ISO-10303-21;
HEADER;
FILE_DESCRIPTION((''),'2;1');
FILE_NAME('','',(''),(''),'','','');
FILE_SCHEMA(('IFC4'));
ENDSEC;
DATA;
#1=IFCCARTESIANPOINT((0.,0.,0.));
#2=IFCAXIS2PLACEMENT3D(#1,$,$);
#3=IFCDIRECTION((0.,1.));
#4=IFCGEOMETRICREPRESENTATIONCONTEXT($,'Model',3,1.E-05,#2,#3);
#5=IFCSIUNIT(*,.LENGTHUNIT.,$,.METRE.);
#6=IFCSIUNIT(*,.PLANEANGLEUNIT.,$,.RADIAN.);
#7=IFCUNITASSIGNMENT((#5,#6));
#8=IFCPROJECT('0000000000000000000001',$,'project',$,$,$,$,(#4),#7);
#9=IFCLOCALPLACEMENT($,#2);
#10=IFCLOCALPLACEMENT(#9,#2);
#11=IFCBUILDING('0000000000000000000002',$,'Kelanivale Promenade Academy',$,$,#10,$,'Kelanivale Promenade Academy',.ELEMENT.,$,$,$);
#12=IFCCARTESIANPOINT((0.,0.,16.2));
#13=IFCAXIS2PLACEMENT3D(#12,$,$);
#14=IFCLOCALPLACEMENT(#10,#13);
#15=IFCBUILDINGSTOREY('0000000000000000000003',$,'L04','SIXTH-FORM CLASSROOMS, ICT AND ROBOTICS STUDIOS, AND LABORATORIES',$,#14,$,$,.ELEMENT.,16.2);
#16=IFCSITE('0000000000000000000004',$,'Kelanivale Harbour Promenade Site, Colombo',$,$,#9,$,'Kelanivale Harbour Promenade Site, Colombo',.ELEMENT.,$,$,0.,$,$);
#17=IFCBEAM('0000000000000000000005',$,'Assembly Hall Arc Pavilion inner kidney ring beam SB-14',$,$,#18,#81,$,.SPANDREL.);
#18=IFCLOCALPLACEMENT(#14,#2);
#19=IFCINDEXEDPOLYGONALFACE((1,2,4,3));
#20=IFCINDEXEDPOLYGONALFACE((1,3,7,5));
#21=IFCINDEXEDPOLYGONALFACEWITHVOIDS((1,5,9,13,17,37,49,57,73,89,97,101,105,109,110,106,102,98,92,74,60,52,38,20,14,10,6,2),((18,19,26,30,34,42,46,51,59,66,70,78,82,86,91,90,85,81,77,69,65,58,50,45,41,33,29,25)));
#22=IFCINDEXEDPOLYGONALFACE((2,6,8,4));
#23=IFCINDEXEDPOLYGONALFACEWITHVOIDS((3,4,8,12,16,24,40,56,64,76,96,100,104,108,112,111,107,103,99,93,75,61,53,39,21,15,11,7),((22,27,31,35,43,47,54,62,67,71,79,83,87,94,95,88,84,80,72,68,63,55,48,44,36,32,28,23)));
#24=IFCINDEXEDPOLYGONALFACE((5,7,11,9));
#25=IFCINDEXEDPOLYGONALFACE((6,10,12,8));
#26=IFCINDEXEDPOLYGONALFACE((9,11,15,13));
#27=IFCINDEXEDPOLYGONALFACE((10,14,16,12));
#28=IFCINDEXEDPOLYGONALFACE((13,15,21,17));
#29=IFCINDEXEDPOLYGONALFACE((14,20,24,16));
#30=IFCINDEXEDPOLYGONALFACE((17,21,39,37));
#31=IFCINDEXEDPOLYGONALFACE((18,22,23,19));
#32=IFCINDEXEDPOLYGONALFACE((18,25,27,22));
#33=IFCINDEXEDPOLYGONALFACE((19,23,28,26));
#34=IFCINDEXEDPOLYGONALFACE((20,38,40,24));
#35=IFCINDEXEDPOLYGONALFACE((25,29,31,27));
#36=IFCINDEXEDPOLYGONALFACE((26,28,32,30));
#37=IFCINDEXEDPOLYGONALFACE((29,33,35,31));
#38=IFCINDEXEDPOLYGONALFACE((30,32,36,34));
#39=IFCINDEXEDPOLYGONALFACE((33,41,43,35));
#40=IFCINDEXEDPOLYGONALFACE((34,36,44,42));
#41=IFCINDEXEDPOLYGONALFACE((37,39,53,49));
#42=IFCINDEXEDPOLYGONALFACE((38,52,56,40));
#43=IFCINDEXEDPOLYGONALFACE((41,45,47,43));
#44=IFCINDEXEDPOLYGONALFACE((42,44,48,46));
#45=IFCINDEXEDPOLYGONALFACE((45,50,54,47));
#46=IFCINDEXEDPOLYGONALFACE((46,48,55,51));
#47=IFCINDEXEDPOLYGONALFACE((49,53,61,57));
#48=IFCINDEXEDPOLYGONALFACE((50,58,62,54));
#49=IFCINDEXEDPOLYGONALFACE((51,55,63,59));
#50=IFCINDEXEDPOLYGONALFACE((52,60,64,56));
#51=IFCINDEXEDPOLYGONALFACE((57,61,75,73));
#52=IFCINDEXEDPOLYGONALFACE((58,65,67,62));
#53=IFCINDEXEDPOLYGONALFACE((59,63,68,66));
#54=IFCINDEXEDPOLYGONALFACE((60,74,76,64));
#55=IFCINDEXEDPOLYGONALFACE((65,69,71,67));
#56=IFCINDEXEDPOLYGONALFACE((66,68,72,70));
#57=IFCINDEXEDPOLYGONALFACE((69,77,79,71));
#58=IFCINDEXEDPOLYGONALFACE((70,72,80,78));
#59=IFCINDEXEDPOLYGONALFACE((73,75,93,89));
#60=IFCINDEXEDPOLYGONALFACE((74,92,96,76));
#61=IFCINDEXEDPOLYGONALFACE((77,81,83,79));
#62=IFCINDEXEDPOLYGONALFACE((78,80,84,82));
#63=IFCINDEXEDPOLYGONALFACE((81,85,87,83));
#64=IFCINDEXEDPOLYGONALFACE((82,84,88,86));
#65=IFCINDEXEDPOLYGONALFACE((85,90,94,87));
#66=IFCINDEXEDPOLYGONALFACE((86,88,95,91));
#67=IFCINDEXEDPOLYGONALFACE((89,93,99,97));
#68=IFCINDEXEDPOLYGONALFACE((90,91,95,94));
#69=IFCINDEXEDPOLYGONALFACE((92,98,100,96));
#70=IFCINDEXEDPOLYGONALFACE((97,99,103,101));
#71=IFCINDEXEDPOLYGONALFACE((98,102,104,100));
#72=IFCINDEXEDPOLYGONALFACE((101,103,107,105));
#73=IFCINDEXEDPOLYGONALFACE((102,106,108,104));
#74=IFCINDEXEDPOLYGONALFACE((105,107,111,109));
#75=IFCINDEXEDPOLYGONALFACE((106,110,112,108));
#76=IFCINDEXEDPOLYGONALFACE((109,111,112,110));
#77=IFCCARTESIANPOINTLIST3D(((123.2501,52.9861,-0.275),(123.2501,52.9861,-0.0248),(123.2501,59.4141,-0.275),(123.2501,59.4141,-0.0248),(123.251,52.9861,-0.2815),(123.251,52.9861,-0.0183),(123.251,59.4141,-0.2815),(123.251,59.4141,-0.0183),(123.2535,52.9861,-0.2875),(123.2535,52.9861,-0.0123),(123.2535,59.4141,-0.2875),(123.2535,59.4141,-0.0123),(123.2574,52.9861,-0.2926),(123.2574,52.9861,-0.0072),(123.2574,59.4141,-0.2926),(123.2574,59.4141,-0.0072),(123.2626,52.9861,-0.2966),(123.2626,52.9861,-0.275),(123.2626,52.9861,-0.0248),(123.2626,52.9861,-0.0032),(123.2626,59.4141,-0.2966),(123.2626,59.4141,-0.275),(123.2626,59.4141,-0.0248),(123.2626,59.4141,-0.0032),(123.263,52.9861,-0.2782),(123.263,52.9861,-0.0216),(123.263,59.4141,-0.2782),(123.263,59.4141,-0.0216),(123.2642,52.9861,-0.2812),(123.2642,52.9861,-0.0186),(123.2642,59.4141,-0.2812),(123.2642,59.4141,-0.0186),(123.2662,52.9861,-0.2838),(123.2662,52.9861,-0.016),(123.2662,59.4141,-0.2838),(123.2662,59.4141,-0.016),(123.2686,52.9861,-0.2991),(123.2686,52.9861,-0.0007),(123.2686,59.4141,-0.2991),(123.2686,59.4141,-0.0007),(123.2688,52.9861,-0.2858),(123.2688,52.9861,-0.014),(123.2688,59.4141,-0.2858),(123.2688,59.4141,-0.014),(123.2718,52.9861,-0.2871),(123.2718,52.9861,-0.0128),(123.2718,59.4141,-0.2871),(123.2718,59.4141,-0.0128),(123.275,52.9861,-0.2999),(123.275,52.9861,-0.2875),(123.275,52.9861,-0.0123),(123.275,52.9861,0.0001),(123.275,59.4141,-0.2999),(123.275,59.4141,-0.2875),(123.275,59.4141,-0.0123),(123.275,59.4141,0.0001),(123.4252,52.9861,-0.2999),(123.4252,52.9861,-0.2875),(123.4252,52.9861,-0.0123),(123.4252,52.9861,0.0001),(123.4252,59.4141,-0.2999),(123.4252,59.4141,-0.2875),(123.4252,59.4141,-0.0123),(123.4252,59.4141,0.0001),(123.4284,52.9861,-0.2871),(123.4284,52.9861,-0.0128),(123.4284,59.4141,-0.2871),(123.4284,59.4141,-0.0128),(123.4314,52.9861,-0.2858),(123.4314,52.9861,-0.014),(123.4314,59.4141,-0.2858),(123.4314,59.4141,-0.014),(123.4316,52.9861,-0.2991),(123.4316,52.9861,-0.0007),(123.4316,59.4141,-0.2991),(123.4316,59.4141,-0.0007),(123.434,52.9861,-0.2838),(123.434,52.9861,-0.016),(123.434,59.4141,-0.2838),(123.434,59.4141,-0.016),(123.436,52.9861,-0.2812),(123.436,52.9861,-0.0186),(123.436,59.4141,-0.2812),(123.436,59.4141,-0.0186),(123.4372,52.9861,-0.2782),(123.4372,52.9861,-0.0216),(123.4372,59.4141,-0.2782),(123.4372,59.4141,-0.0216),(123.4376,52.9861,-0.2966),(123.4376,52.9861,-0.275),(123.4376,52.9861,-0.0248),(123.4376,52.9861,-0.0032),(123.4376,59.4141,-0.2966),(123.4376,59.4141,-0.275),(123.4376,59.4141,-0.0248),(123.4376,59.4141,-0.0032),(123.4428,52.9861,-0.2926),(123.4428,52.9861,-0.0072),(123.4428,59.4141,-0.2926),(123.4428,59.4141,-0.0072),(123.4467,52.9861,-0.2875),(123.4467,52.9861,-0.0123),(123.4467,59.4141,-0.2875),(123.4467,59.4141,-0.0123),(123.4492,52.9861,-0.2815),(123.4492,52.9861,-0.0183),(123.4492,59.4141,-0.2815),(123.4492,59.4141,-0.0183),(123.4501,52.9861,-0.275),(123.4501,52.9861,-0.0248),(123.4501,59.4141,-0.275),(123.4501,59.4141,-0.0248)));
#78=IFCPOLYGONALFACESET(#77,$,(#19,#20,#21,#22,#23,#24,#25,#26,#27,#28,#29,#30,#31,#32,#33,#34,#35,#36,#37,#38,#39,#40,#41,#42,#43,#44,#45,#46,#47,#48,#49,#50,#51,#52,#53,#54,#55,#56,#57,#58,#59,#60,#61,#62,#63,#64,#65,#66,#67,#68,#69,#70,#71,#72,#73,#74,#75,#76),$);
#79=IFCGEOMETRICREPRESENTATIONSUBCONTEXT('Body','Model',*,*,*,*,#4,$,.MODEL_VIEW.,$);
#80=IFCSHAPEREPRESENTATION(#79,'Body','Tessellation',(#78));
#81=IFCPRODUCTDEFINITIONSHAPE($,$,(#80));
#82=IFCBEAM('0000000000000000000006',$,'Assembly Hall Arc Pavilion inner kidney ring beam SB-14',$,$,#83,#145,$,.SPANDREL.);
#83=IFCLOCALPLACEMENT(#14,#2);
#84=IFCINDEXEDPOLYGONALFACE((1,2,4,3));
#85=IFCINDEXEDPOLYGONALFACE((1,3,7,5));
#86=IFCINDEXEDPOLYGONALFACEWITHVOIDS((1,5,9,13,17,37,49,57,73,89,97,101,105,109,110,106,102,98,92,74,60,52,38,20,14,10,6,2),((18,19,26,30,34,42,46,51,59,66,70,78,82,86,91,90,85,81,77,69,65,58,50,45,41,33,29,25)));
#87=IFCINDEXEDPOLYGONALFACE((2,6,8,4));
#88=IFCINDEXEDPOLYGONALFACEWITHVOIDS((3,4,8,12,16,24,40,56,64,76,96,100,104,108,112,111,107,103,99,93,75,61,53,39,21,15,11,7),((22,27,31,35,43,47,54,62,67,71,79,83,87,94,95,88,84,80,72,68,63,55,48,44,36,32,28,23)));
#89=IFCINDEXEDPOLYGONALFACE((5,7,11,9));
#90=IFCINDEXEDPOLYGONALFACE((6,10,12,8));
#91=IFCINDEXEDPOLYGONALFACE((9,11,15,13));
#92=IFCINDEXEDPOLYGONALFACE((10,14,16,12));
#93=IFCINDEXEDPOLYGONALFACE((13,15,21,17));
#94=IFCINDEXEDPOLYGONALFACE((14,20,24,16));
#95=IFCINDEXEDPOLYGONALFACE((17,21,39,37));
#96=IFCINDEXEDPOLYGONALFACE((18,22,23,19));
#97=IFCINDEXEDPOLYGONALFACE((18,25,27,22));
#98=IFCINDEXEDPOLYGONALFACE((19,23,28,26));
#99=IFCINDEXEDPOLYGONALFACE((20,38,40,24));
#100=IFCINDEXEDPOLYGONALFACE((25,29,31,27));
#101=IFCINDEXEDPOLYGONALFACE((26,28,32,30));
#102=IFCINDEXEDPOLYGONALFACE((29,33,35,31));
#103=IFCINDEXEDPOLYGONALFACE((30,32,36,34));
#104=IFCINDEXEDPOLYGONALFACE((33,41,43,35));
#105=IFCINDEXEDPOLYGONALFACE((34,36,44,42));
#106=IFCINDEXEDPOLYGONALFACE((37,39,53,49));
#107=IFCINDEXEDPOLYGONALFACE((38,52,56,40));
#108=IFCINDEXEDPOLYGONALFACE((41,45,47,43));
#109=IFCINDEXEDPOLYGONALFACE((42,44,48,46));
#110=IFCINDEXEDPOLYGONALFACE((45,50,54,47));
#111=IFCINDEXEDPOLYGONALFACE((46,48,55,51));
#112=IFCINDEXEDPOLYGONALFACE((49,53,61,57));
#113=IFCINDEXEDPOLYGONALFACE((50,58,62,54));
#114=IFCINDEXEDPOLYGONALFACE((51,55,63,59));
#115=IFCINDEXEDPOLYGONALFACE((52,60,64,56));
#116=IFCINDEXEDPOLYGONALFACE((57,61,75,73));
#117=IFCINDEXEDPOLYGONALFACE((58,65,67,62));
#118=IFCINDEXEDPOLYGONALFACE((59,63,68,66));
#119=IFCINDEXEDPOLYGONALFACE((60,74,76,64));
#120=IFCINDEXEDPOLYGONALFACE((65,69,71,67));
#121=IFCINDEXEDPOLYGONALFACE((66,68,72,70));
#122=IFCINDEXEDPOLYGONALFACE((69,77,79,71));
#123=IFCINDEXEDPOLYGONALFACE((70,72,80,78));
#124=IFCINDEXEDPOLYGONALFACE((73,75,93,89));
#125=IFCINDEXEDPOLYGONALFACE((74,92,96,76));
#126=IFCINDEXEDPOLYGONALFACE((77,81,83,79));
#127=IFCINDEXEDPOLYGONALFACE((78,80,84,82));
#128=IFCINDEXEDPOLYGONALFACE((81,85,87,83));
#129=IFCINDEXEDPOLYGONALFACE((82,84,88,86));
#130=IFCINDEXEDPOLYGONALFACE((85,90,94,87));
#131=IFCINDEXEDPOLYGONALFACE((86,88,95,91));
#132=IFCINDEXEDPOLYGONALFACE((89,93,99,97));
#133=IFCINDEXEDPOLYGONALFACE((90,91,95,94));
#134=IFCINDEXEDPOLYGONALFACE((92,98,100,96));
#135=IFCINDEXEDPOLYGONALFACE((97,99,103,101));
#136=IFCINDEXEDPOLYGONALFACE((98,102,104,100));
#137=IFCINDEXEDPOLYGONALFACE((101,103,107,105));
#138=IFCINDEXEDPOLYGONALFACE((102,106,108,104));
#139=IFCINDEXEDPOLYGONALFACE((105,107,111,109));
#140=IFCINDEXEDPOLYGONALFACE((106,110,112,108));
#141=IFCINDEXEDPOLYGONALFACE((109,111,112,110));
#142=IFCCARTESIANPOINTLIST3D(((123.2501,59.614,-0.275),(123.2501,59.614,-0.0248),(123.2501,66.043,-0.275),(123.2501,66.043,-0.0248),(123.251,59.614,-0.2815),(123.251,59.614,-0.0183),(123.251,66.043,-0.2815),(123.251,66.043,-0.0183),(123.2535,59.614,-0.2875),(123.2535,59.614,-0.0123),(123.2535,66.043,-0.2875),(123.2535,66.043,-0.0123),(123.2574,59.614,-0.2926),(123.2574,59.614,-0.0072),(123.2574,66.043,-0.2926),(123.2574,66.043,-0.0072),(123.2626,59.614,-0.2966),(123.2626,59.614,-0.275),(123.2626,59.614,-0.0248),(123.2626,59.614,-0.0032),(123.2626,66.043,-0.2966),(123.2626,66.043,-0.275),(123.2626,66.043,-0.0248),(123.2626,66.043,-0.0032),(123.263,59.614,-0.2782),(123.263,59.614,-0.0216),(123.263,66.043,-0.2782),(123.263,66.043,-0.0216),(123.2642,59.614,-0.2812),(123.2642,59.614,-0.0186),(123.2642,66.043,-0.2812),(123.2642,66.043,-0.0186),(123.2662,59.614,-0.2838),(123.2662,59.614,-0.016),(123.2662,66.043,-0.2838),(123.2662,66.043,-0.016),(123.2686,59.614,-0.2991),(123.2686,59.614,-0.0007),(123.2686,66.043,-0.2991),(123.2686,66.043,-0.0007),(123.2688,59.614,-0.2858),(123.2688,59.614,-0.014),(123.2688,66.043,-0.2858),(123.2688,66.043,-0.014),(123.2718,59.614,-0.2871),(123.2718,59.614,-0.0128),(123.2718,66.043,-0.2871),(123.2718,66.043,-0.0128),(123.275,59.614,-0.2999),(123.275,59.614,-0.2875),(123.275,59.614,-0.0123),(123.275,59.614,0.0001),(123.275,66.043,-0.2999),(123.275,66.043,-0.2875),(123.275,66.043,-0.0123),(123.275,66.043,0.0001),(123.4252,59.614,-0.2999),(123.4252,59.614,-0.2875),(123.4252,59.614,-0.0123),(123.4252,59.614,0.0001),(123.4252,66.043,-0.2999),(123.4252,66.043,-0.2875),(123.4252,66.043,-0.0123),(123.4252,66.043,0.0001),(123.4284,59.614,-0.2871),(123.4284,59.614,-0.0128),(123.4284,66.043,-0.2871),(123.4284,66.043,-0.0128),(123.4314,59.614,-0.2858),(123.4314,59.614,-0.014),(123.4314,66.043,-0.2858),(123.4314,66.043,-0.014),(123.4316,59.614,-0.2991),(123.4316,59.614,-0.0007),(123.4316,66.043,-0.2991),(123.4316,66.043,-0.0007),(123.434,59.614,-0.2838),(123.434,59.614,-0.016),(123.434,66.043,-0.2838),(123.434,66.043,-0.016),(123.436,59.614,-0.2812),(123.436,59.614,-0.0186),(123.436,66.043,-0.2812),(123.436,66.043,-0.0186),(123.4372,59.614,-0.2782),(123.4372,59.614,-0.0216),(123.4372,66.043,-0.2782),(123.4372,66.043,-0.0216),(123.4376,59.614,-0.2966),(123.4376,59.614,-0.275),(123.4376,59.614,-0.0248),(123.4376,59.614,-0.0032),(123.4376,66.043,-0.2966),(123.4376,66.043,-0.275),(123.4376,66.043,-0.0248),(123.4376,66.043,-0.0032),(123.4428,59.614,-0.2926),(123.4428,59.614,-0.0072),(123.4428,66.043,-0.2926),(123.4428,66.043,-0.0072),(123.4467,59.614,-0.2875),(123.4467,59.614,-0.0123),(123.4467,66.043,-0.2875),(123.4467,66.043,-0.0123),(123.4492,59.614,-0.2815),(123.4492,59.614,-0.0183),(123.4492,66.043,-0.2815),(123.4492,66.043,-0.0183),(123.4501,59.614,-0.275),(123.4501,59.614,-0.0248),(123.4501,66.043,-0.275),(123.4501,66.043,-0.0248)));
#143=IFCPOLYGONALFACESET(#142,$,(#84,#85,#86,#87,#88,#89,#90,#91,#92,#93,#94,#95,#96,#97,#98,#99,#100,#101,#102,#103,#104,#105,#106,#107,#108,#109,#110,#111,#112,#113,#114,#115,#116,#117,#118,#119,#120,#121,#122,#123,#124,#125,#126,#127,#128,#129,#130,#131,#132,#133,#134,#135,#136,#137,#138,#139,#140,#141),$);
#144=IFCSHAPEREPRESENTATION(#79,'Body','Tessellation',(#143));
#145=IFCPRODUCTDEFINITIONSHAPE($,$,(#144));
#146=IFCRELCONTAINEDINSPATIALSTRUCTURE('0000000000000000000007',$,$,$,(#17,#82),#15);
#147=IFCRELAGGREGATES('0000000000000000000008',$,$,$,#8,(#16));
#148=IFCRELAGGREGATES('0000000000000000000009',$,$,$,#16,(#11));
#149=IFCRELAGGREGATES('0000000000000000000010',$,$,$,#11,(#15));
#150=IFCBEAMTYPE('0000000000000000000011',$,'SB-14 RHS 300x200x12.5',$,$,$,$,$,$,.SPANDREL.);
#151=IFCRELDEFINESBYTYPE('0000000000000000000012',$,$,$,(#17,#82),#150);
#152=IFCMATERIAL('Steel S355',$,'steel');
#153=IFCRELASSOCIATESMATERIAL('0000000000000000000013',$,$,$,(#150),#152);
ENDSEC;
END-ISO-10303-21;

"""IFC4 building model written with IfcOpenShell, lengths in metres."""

from ifc_helpers import new_model, si_unit, direction, frame, origin, origin_2d, place, context, subcontext, project, spatial, hollow_rectangle, extrude, material, material_profile, profile_set, type_object, element, save


model = new_model("IFC4")

# Units and contexts
model_context = context("Model", 3, precision=1e-05, world=origin(), true_north=direction((0.0, 1.0)))
body_context = subcontext(model_context, "Body", "Model", "MODEL_VIEW")
ifc_project = project(units=[si_unit("LENGTHUNIT", "METRE"), si_unit("PLANEANGLEUNIT", "RADIAN")], contexts=[model_context])

# Site, building, storey
site_placement = place(None, origin())
site = spatial("IfcSite", under=ifc_project, at=site_placement, Name="Kelanivale Harbour Promenade Site, Colombo", LongName="Kelanivale Harbour Promenade Site, Colombo", CompositionType="ELEMENT", RefElevation=0.0)
building_placement = place(site_placement, origin())
building = spatial("IfcBuilding", under=site, at=building_placement, Name="Kelanivale Promenade Academy", LongName="Kelanivale Promenade Academy", CompositionType="ELEMENT")
storey_placement = place(building_placement, frame((0.0, 0.0, 16.2)))
storey = spatial("IfcBuildingStorey", under=building, at=storey_placement, Name="L04", Description="SIXTH-FORM CLASSROOMS, ICT AND ROBOTICS STUDIOS, AND LABORATORIES", CompositionType="ELEMENT", Elevation=16.2)

# Shared definitions
ifc_material_1 = material(Name="Steel S355", Category="steel")

# Beams
ifc_material_profile_1 = material_profile(ifc_material_1, hollow_rectangle(XDim=0.2, YDim=0.3, WallThickness=0.0125, InnerFilletRadius=0.0125, OuterFilletRadius=0.0249, at=origin_2d()), Name="RHS 300x200x12.5")
ifc_profile_set_1 = profile_set([ifc_material_profile_1], Name="Steel S355")
beam_type = type_object("IfcBeamType", Name="SB-14 RHS 300x200x12.5", PredefinedType="SPANDREL", material=ifc_profile_set_1)
beam_1_placement = place(storey_placement, frame((123.3501, 52.9861, -0.1499), z_axis=(0.0, 1.0, 0.0), x_axis=(-1.0, 0.0, 0.0)))
element("IfcBeam", 1, at=beam_1_placement, inside=storey, type_object=beam_type, Name="Assembly Hall Arc Pavilion inner kidney ring beam SB-14", PredefinedType="SPANDREL", context=body_context, shape_type="SweptSolid", body=[
    extrude(hollow_rectangle(XDim=0.2, YDim=0.3, WallThickness=0.0125, InnerFilletRadius=0.0125, OuterFilletRadius=0.0249, at=origin_2d()), origin(), (0.0, 0.0, 1.0), 6.428),
])
beam_2_placement = place(storey_placement, frame((123.3501, 59.614, -0.1499), z_axis=(0.0, 1.0, 0.0), x_axis=(-1.0, 0.0, 0.0)))
element("IfcBeam", 2, at=beam_2_placement, inside=storey, type_object=beam_type, Name="Assembly Hall Arc Pavilion inner kidney ring beam SB-14", PredefinedType="SPANDREL", context=body_context, shape_type="SweptSolid", body=[
    extrude(hollow_rectangle(XDim=0.2, YDim=0.3, WallThickness=0.0125, InnerFilletRadius=0.0125, OuterFilletRadius=0.0249, at=origin_2d()), origin(), (0.0, 0.0, 1.0), 6.429),
])

save(model, "model.ifc")
